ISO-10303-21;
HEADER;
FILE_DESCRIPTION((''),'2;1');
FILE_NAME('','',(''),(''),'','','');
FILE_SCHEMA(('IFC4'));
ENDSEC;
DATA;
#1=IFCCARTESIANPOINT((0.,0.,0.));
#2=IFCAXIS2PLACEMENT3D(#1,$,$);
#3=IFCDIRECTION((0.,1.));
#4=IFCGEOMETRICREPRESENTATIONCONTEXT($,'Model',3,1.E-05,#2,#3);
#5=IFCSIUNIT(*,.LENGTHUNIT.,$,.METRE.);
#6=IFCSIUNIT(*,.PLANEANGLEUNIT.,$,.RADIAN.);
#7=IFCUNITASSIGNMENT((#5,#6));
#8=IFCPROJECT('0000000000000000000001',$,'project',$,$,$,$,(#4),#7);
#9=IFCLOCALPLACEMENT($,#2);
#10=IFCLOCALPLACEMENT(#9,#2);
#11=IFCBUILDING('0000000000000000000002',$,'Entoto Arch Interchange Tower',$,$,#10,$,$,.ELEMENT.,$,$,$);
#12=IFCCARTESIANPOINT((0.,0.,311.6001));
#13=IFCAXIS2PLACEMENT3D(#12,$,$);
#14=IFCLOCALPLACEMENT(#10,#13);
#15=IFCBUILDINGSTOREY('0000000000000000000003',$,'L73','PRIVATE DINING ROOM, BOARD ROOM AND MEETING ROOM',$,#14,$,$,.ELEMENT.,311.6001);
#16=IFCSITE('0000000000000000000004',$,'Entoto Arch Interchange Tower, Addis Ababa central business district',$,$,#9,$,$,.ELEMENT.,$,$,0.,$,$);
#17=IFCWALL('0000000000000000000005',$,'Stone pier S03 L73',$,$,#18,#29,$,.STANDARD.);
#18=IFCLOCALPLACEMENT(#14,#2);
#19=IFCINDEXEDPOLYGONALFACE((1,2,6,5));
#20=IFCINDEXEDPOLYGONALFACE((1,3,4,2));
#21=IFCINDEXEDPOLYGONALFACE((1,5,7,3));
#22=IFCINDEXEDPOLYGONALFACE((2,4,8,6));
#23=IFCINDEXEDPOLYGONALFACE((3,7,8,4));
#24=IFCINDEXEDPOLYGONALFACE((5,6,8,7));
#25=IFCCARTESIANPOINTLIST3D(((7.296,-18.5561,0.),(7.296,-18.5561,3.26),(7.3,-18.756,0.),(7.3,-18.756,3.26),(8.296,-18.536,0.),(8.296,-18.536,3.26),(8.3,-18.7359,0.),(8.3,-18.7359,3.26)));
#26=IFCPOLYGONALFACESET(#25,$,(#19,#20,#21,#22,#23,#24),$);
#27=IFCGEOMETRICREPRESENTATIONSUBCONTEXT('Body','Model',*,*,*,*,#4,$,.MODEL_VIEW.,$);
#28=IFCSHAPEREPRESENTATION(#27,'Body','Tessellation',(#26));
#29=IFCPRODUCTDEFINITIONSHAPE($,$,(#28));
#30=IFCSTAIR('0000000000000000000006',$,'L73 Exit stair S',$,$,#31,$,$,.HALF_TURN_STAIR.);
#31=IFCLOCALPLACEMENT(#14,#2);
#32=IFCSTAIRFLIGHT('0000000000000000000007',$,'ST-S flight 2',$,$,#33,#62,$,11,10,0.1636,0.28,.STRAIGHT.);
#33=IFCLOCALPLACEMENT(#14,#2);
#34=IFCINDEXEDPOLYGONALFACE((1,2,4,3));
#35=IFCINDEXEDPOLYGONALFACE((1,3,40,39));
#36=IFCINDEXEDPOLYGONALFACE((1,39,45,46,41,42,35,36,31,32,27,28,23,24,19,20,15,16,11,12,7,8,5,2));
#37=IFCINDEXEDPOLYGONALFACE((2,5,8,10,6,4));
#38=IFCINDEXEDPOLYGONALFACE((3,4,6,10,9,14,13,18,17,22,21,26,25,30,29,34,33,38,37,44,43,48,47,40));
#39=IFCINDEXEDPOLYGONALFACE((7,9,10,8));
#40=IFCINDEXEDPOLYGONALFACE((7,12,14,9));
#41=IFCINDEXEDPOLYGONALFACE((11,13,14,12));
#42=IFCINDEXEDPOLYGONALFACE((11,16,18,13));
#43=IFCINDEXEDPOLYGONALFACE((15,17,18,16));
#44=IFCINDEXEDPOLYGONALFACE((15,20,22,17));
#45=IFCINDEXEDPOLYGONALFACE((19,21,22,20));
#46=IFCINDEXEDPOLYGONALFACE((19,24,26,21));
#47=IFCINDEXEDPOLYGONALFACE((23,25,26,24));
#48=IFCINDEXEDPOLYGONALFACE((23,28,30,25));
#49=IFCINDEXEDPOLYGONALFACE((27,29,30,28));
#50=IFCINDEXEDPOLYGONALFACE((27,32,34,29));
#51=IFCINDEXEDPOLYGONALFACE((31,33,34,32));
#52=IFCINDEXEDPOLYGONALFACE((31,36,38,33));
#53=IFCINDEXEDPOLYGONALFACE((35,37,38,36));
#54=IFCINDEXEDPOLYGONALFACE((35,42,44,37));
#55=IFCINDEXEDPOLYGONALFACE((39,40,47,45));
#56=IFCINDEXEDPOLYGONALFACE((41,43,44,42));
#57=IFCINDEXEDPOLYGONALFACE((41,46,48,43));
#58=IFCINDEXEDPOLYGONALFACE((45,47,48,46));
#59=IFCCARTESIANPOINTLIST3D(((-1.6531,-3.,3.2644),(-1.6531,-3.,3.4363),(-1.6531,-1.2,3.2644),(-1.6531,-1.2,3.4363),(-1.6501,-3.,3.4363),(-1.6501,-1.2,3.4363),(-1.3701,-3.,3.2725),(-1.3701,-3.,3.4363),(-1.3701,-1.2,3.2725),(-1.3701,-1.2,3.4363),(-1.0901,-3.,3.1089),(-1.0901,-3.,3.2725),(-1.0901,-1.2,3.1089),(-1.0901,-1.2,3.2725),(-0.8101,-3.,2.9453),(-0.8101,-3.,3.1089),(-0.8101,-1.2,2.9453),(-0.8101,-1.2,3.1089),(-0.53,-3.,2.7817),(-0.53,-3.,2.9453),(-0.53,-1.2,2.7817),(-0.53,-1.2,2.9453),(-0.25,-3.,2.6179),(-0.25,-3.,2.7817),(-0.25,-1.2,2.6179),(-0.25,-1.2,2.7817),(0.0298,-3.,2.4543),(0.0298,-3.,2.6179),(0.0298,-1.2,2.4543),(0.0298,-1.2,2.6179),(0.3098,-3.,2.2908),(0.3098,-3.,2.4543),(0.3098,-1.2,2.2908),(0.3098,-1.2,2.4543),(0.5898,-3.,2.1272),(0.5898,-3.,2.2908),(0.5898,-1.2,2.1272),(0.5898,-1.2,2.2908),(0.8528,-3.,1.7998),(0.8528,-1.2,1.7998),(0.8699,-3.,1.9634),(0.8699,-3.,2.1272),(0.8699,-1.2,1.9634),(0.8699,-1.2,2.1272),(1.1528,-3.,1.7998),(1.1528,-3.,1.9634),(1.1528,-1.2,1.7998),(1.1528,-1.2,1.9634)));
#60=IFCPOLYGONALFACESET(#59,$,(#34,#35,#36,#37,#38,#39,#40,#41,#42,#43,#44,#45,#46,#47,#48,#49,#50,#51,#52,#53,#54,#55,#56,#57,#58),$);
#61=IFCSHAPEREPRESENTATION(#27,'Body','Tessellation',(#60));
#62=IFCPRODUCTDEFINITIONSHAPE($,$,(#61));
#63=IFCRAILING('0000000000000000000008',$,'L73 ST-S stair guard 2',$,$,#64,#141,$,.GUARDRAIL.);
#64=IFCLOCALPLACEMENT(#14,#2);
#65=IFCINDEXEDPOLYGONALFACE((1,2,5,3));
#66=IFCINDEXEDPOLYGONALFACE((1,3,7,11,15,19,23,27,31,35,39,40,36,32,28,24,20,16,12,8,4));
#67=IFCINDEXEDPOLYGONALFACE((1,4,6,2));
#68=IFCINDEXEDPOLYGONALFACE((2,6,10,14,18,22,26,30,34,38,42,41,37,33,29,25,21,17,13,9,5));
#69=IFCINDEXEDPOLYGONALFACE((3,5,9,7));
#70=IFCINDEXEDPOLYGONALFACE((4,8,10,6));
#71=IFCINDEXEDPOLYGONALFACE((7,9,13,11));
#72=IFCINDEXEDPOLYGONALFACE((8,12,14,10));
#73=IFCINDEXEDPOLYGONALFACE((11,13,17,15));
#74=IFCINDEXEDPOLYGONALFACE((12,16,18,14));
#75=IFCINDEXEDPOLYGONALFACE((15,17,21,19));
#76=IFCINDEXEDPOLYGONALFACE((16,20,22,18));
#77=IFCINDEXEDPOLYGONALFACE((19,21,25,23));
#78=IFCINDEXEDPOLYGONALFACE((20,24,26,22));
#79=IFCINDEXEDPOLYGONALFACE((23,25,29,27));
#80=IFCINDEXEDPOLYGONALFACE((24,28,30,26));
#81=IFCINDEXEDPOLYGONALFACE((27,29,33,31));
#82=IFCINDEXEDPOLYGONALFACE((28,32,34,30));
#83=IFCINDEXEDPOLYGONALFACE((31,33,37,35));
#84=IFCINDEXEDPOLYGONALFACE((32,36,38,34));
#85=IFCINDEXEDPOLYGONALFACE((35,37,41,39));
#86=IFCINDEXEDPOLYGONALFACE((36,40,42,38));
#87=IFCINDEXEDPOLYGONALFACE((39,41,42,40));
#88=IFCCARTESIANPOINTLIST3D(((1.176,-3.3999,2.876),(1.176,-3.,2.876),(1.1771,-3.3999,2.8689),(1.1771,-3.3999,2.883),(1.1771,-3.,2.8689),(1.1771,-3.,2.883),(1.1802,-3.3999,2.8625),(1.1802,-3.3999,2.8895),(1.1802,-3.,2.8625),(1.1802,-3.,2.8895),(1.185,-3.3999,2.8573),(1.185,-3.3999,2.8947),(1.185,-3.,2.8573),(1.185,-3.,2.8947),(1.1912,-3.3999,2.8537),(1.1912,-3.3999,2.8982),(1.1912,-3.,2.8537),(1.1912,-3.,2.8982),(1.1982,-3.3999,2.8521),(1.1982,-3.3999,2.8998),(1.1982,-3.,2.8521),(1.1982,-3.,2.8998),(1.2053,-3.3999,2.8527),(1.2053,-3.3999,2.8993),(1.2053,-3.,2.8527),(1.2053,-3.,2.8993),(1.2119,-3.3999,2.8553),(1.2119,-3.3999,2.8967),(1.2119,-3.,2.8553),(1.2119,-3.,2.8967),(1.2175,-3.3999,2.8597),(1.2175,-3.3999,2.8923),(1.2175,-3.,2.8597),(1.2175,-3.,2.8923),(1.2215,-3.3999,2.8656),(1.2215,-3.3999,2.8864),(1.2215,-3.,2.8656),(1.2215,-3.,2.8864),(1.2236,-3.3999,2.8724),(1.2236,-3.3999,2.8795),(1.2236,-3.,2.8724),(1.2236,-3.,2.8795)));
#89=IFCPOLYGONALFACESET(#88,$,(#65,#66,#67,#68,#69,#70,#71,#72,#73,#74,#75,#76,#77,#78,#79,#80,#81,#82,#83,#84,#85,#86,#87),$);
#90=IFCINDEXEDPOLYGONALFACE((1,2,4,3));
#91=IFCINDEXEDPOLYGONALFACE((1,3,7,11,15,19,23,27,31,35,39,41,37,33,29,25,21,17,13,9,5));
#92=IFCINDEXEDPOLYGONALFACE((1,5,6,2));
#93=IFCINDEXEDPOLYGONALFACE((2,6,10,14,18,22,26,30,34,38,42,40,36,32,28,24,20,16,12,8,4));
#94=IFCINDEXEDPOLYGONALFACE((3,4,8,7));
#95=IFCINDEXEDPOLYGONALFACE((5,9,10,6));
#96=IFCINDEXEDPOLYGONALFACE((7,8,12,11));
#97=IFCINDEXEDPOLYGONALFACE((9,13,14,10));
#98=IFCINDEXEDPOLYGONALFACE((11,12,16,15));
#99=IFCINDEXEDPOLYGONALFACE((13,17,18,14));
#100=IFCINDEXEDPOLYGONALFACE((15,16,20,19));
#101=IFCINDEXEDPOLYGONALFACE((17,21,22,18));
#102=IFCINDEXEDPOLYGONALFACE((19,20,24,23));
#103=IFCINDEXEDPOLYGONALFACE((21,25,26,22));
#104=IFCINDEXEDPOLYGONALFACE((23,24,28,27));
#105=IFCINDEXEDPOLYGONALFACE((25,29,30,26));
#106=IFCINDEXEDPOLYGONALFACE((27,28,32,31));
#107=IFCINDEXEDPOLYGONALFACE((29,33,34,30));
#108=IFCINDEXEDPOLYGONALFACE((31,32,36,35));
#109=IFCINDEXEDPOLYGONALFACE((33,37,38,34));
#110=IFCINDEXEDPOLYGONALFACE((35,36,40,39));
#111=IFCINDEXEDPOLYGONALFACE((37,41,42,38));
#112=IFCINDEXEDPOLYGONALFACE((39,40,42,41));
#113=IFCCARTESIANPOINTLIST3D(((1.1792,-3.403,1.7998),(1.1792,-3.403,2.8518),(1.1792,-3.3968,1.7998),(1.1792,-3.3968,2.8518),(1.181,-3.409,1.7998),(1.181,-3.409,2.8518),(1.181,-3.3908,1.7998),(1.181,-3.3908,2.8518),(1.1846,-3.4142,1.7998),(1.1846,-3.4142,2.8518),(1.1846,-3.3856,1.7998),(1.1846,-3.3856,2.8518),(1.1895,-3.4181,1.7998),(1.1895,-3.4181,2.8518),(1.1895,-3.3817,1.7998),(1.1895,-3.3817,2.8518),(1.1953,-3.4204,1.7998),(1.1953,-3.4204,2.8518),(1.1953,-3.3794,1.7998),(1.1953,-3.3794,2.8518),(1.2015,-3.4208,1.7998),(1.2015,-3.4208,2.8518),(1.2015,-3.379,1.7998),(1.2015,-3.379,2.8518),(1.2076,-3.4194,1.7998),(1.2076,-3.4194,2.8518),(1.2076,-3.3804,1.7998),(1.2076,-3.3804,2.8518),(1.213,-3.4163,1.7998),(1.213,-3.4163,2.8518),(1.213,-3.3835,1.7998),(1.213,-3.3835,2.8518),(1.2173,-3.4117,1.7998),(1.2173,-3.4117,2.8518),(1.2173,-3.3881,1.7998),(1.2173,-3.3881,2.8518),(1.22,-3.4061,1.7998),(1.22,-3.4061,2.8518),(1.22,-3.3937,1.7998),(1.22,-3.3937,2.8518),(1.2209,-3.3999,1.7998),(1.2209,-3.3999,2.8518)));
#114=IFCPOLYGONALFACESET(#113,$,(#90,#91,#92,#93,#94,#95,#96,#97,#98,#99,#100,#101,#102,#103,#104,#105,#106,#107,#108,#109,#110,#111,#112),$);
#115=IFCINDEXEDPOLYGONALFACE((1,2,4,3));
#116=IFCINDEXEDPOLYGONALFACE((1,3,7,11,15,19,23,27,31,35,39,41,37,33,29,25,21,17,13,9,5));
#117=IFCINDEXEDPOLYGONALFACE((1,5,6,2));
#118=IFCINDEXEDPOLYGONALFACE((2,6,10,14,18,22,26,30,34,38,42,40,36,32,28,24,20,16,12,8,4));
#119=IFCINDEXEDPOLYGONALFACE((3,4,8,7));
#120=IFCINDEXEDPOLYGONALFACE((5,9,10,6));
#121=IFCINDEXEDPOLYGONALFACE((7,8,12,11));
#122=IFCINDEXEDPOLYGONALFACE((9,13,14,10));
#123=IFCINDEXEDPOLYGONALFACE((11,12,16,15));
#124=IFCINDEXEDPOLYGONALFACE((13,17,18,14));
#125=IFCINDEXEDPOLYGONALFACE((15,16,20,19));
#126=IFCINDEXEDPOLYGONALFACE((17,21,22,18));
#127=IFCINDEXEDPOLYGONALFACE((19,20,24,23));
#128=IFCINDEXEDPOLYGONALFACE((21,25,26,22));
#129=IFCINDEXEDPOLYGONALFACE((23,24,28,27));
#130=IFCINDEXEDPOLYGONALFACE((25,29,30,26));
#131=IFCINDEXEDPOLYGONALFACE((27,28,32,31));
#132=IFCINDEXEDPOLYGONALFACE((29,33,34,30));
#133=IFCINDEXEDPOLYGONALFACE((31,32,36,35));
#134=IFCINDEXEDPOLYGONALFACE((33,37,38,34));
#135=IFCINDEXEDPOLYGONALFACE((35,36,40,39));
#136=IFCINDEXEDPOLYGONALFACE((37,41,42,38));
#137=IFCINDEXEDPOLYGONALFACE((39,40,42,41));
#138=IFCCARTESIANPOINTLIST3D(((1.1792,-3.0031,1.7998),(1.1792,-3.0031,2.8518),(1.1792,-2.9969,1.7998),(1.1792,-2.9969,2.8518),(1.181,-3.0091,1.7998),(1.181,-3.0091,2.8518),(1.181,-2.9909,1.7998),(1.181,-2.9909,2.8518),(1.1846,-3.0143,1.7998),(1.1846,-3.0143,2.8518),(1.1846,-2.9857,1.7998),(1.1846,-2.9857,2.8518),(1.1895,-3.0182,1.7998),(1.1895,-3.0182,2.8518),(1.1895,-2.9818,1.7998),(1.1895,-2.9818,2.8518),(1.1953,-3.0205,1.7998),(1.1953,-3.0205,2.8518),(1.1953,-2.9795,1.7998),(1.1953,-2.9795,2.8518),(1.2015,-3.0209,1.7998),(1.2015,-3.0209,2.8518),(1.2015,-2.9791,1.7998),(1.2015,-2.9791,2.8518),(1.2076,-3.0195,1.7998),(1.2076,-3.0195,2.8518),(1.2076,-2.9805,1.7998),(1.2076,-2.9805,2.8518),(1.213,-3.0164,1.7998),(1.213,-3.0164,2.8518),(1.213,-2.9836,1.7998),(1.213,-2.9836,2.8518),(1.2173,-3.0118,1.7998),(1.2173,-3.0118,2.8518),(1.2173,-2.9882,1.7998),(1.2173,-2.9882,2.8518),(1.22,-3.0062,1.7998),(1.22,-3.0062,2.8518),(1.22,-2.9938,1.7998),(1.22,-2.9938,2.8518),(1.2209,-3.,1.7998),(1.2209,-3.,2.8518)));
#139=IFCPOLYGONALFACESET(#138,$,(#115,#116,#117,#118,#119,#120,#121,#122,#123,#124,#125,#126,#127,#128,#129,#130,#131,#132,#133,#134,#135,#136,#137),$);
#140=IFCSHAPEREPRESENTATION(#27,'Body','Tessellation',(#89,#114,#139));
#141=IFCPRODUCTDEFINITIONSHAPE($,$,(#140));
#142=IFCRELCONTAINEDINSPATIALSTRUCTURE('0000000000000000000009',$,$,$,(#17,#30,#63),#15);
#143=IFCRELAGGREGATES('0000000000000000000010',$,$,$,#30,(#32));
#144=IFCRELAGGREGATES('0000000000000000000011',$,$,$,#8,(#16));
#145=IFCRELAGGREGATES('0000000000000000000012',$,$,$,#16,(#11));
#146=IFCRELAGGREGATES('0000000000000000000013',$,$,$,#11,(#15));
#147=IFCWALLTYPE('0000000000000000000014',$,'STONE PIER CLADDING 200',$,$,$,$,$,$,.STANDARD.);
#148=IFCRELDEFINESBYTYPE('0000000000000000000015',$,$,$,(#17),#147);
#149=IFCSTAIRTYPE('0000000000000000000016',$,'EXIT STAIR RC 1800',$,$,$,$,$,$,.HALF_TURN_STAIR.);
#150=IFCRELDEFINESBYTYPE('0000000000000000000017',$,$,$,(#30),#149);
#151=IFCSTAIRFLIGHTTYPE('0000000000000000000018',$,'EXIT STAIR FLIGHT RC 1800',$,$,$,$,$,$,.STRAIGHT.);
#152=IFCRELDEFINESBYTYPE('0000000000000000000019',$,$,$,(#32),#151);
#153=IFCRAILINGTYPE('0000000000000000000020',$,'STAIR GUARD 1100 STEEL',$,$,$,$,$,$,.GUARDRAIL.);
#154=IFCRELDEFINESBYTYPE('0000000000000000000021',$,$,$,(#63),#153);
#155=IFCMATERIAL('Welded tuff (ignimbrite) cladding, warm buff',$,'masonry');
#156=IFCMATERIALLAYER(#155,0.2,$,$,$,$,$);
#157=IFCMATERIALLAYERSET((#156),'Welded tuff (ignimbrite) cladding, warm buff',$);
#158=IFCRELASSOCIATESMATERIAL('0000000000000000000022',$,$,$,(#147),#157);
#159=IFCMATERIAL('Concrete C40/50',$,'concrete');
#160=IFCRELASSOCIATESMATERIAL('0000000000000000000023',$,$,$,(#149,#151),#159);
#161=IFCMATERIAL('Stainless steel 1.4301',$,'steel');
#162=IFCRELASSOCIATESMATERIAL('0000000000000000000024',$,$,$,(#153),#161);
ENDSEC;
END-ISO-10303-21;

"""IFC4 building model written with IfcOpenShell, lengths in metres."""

from ifc_helpers import new_model, si_unit, direction, frame, frame_2d, origin, origin_2d, place, context, subcontext, project, spatial, polyline, rectangle, circle, outline, extrude, material, layer, layer_set, type_object, element, aggregate, save


model = new_model("IFC4")

# Units and contexts
model_context = context("Model", 3, precision=1e-05, world=origin(), true_north=direction((0.0, 1.0)))
body_context = subcontext(model_context, "Body", "Model", "MODEL_VIEW")
ifc_project = project(units=[si_unit("LENGTHUNIT", "METRE"), si_unit("PLANEANGLEUNIT", "RADIAN")], contexts=[model_context])

# Site, building, storey
site_placement = place(None, origin())
site = spatial("IfcSite", under=ifc_project, at=site_placement, Name="Entoto Arch Interchange Tower, Addis Ababa central business district", CompositionType="ELEMENT", RefElevation=0.0)
building_placement = place(site_placement, origin())
building = spatial("IfcBuilding", under=site, at=building_placement, Name="Entoto Arch Interchange Tower", CompositionType="ELEMENT")
storey_placement = place(building_placement, frame((0.0, 0.0, 311.6001)))
storey = spatial("IfcBuildingStorey", under=building, at=storey_placement, Name="L73", Description="PRIVATE DINING ROOM, BOARD ROOM AND MEETING ROOM", CompositionType="ELEMENT", Elevation=311.6001)

# Shared definitions
ifc_material_1 = material(Name="Concrete C40/50", Category="concrete")

# Wall
ifc_material_2 = material(Name="Welded tuff (ignimbrite) cladding, warm buff", Category="masonry")
ifc_layer_1 = layer(ifc_material_2, 0.2)
ifc_layer_set_1 = layer_set([ifc_layer_1], Name="Welded tuff (ignimbrite) cladding, warm buff")
wall_type_1 = type_object("IfcWallType", Name="STONE PIER CLADDING 200", PredefinedType="STANDARD", material=ifc_layer_set_1)
wall_1_placement = place(storey_placement, frame((7.2981, -18.656, 0.0), z_axis=(0.0, 0.0, 1.0), x_axis=(0.9998, 0.020016, 0.0)))
element("IfcWall", 1, at=wall_1_placement, inside=storey, type_object=wall_type_1, Name="Stone pier S03 L73", PredefinedType="STANDARD", context=body_context, shape_type="SweptSolid", body=[
    extrude(rectangle(XDim=1.0002, YDim=0.2, at=frame_2d((0.5, 0.0))), origin(), (0.0, 0.0, 1.0), 3.26),
])

# Stair, stair flight
stair_type = type_object("IfcStairType", Name="EXIT STAIR RC 1800", PredefinedType="HALF_TURN_STAIR", material=ifc_material_1)
stair_placement = place(storey_placement, origin())
stair = element("IfcStair", 2, at=stair_placement, inside=storey, type_object=stair_type, Name="L73 Exit stair S", PredefinedType="HALF_TURN_STAIR")
stair_flight_type = type_object("IfcStairFlightType", Name="EXIT STAIR FLIGHT RC 1800", PredefinedType="STRAIGHT", material=ifc_material_1)
stair_flight_placement = place(storey_placement, frame((1.1499, -2.1001, 1.7998), z_axis=(0.0, 0.0, 1.0), x_axis=(-1.0, 0.0, 0.0)))
stair_flight = element("IfcStairFlight", 3, at=stair_flight_placement, type_object=stair_flight_type, Name="ST-S flight 2", NumberOfRisers=11, NumberOfTreads=10, PredefinedType="STRAIGHT", RiserHeight=0.1636, TreadLength=0.28, context=body_context, shape_type="SweptSolid", body=[
    extrude(outline(polyline([(-0.0029, 0.0), (-0.0029, 0.1636), (0.28, 0.1636), (0.28, 0.3274), (0.5601, 0.3274), (0.5601, 0.491), (0.8401, 0.491), (0.8401, 0.6545), (1.1201, 0.6545), (1.1201, 0.8181), (1.3999, 0.8181), (1.3999, 0.9819), (1.6799, 0.9819), (1.6799, 1.1455), (1.96, 1.1455), (1.96, 1.3091), (2.24, 1.3091), (2.24, 1.4727), (2.52, 1.4727), (2.52, 1.6365), (2.8, 1.6365), (2.803, 1.6365), (2.803, 1.4646), (0.2971, 0.0), (-0.0029, 0.0)])), frame((0.0, 0.8999, 0.0), z_axis=(0.0, -1.0, 0.0), x_axis=(1.0, 0.0, 0.0)), (0.0, 0.0, 1.0), 1.8),
])
aggregate(stair, [stair_flight])

# Railing
ifc_material_3 = material(Name="Stainless steel 1.4301", Category="steel")
railing_type_1 = type_object("IfcRailingType", Name="STAIR GUARD 1100 STEEL", PredefinedType="GUARDRAIL", material=ifc_material_3)
railing_1_placement = place(storey_placement, frame((1.2, -3.3999, 1.7998)))
element("IfcRailing", 4, at=railing_1_placement, inside=storey, type_object=railing_type_1, Name="L73 ST-S stair guard 2", PredefinedType="GUARDRAIL", context=body_context, shape_type="SweptSolid", body=[
    extrude(circle(Radius=0.0239, at=origin_2d()), frame((0.0, 0.0, 1.0762), z_axis=(0.0, 1.0, 0.0), x_axis=(-1.0, 0.0, 0.0)), (0.0, 0.0, 1.0), 0.3999),
    extrude(circle(Radius=0.021, at=origin_2d()), origin(), (0.0, 0.0, 1.0), 1.052),
    extrude(circle(Radius=0.021, at=origin_2d()), frame((0.0, 0.3999, 0.0)), (0.0, 0.0, 1.0), 1.052),
])

save(model, "model.ifc")
